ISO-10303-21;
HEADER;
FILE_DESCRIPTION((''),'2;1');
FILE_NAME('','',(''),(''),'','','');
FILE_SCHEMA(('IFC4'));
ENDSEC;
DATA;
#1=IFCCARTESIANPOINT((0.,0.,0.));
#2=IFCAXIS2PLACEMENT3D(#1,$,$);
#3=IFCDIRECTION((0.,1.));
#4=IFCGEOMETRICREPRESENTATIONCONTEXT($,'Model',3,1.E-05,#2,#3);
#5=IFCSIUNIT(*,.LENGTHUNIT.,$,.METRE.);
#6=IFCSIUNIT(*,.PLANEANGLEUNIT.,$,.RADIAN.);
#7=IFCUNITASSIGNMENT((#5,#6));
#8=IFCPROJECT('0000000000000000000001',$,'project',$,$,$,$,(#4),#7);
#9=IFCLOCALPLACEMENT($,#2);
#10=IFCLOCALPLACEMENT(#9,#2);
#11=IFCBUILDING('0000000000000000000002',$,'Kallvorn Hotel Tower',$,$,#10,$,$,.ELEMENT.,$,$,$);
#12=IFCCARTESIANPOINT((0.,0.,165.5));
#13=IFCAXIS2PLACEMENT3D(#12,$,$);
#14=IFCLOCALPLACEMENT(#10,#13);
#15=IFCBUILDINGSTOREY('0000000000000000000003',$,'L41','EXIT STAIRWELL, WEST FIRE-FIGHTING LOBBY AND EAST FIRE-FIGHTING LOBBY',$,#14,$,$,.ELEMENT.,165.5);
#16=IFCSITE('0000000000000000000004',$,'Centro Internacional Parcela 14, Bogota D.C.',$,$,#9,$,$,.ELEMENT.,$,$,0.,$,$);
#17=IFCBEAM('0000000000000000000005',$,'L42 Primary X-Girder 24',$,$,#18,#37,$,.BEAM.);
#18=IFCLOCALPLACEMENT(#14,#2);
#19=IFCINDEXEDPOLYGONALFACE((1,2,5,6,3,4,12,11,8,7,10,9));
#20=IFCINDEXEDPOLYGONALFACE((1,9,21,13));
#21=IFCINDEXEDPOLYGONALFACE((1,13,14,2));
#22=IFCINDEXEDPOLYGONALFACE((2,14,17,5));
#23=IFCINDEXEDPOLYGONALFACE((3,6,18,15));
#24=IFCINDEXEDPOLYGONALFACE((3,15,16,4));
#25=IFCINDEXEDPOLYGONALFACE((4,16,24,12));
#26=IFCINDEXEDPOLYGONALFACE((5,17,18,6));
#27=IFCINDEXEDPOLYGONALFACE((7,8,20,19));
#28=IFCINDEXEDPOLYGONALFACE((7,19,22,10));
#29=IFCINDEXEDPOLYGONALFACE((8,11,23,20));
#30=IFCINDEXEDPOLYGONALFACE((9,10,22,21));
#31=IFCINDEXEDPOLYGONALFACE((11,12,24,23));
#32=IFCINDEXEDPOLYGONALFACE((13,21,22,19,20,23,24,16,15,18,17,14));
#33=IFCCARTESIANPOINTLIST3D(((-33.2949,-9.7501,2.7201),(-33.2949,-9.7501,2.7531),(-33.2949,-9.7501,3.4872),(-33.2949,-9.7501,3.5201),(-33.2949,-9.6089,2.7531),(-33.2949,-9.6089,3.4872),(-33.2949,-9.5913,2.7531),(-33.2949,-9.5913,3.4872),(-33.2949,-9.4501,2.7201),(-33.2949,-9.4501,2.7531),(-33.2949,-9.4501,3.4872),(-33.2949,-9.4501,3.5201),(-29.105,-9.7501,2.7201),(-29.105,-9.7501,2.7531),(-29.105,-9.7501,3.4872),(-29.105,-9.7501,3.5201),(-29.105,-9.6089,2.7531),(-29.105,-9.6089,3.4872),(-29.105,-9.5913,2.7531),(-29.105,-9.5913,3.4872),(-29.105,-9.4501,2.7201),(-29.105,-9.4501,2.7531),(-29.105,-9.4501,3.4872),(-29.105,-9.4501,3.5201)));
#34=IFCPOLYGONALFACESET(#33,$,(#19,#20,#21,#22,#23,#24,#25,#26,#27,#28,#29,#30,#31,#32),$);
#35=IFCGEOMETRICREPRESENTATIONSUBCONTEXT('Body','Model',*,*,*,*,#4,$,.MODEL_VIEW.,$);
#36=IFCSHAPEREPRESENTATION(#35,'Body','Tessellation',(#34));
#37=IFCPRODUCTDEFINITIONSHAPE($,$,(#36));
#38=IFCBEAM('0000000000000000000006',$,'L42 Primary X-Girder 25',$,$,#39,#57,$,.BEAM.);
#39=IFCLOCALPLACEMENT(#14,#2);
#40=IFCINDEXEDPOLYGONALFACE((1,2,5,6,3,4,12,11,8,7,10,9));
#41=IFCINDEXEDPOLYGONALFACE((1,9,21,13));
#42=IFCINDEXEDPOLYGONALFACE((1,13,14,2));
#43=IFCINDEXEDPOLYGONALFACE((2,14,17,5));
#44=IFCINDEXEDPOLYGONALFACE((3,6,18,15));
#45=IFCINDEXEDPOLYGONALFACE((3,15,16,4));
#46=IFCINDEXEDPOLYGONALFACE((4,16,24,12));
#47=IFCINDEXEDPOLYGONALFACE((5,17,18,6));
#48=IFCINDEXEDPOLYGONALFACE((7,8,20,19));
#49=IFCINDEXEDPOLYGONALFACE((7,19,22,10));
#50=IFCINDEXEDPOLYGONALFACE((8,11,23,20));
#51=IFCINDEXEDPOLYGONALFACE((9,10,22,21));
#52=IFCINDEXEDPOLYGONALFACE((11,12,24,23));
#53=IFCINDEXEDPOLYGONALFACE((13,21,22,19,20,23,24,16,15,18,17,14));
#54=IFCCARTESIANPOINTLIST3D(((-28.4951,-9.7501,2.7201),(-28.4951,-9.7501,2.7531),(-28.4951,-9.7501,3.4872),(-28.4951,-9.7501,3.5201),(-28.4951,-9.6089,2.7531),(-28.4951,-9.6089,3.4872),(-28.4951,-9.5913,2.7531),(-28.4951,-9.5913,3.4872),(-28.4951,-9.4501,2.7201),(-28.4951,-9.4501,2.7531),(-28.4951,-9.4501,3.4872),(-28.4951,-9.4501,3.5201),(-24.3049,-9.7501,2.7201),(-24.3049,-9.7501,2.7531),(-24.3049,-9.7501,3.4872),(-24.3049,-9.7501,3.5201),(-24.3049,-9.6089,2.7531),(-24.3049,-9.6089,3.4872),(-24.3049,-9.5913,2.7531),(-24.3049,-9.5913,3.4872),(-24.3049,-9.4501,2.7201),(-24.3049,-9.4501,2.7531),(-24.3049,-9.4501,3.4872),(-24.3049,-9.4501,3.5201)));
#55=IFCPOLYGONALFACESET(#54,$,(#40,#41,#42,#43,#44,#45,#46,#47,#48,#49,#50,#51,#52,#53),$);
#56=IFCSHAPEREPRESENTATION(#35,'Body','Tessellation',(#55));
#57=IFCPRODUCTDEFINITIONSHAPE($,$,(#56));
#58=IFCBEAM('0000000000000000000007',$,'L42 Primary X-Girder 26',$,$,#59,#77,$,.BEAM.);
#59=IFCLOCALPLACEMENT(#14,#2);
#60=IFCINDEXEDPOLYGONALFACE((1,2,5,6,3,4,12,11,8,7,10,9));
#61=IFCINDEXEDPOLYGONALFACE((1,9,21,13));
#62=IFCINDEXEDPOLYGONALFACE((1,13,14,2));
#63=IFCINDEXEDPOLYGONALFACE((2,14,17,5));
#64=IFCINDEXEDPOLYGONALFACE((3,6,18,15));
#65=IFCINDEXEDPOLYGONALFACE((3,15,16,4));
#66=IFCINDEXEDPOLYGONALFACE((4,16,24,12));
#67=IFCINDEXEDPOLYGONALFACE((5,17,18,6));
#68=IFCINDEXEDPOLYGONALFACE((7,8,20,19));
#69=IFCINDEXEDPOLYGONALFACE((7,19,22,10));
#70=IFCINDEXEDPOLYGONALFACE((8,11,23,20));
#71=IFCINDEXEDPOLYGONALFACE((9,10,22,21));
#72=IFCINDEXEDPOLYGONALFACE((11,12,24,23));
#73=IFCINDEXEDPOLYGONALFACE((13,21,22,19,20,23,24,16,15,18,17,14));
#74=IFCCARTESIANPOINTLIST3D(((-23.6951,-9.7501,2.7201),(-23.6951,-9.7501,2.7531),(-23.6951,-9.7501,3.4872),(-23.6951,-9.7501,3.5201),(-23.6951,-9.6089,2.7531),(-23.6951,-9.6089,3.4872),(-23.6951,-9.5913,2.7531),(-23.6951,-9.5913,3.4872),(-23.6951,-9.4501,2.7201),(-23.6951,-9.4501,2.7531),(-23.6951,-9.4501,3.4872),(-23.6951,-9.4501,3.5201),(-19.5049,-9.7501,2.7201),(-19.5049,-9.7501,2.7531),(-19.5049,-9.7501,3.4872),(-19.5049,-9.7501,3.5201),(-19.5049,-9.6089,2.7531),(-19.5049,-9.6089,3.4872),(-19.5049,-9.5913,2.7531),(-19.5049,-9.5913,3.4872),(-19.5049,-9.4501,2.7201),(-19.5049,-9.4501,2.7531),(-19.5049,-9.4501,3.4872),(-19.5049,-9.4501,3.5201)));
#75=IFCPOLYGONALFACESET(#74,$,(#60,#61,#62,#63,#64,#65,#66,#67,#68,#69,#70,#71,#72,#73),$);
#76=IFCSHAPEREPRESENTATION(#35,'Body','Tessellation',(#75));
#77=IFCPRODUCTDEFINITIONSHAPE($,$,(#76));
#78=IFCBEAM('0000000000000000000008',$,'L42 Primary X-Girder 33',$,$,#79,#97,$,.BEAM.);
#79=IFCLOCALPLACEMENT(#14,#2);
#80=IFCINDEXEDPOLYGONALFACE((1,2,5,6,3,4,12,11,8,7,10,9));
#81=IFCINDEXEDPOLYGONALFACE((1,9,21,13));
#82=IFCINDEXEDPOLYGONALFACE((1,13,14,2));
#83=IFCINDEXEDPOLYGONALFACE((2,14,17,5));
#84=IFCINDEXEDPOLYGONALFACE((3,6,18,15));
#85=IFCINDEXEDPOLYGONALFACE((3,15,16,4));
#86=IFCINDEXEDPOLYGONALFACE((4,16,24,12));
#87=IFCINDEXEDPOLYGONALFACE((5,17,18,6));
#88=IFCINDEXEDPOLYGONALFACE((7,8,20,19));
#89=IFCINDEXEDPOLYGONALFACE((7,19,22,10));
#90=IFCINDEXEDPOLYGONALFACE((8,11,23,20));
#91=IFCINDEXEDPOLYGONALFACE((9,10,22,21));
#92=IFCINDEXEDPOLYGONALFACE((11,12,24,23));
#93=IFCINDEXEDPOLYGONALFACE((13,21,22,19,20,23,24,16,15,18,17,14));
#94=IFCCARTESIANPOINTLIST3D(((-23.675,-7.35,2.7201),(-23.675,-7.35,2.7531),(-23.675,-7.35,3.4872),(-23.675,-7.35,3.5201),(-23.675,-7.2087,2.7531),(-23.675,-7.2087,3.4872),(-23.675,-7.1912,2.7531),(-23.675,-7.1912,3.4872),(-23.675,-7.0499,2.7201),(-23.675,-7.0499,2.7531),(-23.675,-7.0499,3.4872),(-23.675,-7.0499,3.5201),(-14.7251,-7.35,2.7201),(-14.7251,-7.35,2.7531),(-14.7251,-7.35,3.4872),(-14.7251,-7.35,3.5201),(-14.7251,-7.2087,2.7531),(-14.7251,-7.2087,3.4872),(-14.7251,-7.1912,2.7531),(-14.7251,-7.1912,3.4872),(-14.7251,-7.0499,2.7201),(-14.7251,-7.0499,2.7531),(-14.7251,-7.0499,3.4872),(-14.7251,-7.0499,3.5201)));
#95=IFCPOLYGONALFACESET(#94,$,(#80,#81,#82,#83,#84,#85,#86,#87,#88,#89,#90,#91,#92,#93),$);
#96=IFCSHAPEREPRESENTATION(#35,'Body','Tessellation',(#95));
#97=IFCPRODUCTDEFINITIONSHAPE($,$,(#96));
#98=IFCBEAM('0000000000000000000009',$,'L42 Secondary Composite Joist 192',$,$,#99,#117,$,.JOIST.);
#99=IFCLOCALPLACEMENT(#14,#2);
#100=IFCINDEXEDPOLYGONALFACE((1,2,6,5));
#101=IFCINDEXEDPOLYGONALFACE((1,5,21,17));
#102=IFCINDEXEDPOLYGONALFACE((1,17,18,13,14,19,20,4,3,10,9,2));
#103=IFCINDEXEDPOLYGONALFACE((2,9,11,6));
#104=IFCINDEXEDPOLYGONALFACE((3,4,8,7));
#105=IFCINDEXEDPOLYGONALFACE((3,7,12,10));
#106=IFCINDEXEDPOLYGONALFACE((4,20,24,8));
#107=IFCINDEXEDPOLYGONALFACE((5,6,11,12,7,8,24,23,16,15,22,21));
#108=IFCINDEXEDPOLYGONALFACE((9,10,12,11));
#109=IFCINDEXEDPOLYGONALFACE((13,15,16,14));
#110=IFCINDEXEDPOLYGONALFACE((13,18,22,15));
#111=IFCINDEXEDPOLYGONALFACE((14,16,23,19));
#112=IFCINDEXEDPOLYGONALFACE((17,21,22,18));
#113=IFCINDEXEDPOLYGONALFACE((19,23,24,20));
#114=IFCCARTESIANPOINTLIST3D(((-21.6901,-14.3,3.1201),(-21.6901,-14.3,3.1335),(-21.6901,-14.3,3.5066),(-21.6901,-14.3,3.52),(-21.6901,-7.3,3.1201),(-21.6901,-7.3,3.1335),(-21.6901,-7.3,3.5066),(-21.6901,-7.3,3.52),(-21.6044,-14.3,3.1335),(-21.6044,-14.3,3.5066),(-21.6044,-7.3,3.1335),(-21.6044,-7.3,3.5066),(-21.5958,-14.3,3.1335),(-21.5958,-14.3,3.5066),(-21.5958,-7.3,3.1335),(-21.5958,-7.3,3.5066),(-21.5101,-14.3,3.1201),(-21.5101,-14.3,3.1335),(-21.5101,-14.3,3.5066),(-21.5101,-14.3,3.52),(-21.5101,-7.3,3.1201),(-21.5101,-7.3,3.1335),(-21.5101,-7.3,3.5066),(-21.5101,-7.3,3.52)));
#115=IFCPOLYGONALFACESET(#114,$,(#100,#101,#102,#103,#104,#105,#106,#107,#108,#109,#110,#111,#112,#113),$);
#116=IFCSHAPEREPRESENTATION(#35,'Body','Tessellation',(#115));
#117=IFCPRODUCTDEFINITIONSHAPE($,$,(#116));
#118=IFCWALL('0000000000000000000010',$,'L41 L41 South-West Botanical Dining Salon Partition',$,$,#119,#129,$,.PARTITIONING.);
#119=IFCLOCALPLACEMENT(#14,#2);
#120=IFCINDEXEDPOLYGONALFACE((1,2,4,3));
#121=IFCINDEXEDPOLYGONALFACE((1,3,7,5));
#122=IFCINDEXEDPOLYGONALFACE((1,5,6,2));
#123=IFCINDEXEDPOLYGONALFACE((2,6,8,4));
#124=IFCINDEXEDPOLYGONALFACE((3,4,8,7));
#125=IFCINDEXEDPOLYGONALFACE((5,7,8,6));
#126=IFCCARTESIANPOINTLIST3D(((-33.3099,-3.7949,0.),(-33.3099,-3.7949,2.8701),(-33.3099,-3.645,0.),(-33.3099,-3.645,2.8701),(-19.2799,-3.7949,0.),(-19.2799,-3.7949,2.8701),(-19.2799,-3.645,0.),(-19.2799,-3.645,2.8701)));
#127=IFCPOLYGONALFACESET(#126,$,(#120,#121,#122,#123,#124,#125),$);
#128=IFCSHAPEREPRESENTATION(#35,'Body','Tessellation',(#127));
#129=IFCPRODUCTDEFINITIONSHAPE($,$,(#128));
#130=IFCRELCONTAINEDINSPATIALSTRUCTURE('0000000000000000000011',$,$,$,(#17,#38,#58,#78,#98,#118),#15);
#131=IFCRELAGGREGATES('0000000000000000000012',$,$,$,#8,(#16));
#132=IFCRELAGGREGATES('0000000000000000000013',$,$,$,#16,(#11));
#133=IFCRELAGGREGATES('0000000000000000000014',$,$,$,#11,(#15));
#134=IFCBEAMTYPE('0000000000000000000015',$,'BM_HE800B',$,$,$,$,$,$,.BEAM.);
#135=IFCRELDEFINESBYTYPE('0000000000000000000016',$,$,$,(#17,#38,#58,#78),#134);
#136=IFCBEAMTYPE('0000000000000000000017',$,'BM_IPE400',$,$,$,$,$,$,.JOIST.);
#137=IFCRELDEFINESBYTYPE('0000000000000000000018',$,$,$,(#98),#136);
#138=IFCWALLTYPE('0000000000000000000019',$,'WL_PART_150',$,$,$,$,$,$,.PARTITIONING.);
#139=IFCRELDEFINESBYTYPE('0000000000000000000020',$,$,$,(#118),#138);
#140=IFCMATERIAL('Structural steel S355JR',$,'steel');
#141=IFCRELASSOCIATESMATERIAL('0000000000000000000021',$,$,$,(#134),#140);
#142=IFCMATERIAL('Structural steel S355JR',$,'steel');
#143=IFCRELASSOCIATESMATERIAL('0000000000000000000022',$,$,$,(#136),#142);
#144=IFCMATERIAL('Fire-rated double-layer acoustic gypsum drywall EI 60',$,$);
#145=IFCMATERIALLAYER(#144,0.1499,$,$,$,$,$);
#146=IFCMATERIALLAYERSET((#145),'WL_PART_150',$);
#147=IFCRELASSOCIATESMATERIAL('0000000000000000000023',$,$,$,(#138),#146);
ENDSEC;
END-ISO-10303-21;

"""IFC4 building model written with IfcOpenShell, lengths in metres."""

from ifc_helpers import new_model, si_unit, direction, frame, frame_2d, origin, origin_2d, place, context, subcontext, project, spatial, rectangle, i_section, extrude, material, layer, layer_set, material_profile, profile_set, type_object, element, save


model = new_model("IFC4")

# Units and contexts
model_context = context("Model", 3, precision=1e-05, world=origin(), true_north=direction((0.0, 1.0)))
body_context = subcontext(model_context, "Body", "Model", "MODEL_VIEW")
ifc_project = project(units=[si_unit("LENGTHUNIT", "METRE"), si_unit("PLANEANGLEUNIT", "RADIAN")], contexts=[model_context])

# Site, building, storey
site_placement = place(None, origin())
site = spatial("IfcSite", under=ifc_project, at=site_placement, Name="Centro Internacional Parcela 14, Bogota D.C.", CompositionType="ELEMENT", RefElevation=0.0)
building_placement = place(site_placement, origin())
building = spatial("IfcBuilding", under=site, at=building_placement, Name="Kallvorn Hotel Tower", CompositionType="ELEMENT")
storey_placement = place(building_placement, frame((0.0, 0.0, 165.5)))
storey = spatial("IfcBuildingStorey", under=building, at=storey_placement, Name="L41", Description="EXIT STAIRWELL, WEST FIRE-FIGHTING LOBBY AND EAST FIRE-FIGHTING LOBBY", CompositionType="ELEMENT", Elevation=165.5)

# Beams
ifc_material_1 = material(Name="Structural steel S355JR", Category="steel")
ifc_material_profile_1 = material_profile(ifc_material_1, i_section(OverallWidth=0.3, OverallDepth=0.8, WebThickness=0.0176, FlangeThickness=0.033, at=origin_2d()), Name="HE 800 B")
ifc_profile_set_1 = profile_set([ifc_material_profile_1], Name="Structural steel S355JR")
beam_type_1 = type_object("IfcBeamType", Name="BM_HE800B", PredefinedType="BEAM", material=ifc_profile_set_1)
beam_1_placement = place(storey_placement, frame((-33.2949, -9.6001, 3.1201), z_axis=(1.0, 0.0, 0.0), x_axis=(0.0, 1.0, 0.0)))
element("IfcBeam", 1, at=beam_1_placement, inside=storey, type_object=beam_type_1, Name="L42 Primary X-Girder 24", PredefinedType="BEAM", context=body_context, shape_type="SweptSolid", body=[
    extrude(i_section(OverallWidth=0.3, OverallDepth=0.8, WebThickness=0.0176, FlangeThickness=0.033, at=origin_2d()), origin(), (0.0, 0.0, 1.0), 4.1899),
])
for number, where, z_axis, x_axis, name in (
    (2, (-28.4951, -9.6001, 3.1201), (1.0, 0.0, 0.0), (0.0, 1.0, 0.0), "L42 Primary X-Girder 25"),
    (3, (-23.6951, -9.6001, 3.1201), (1.0, 0.0, 0.0), (0.0, 1.0, 0.0), "L42 Primary X-Girder 26"),
):
    element("IfcBeam", number, at=place(storey_placement, frame(where, z_axis=z_axis, x_axis=x_axis)), inside=storey, type_object=beam_type_1, Name=name, PredefinedType="BEAM", context=body_context, shape_type="SweptSolid", body=[
        extrude(i_section(OverallWidth=0.3, OverallDepth=0.8, WebThickness=0.0176, FlangeThickness=0.033, at=origin_2d()), origin(), (0.0, 0.0, 1.0), 4.1902),
    ])
beam_2_placement = place(storey_placement, frame((-23.675, -7.2, 3.1201), z_axis=(1.0, 0.0, 0.0), x_axis=(0.0, 1.0, 0.0)))
element("IfcBeam", 4, at=beam_2_placement, inside=storey, type_object=beam_type_1, Name="L42 Primary X-Girder 33", PredefinedType="BEAM", context=body_context, shape_type="SweptSolid", body=[
    extrude(i_section(OverallWidth=0.3, OverallDepth=0.8, WebThickness=0.0176, FlangeThickness=0.033, at=origin_2d()), origin(), (0.0, 0.0, 1.0), 8.95),
])
ifc_material_2 = material(Name="Structural steel S355JR", Category="steel")
ifc_material_profile_2 = material_profile(ifc_material_2, i_section(OverallWidth=0.1799, OverallDepth=0.3999, WebThickness=0.0085, FlangeThickness=0.0134, at=origin_2d()), Name="IPE 400")
ifc_profile_set_2 = profile_set([ifc_material_profile_2], Name="Structural steel S355JR")
beam_type_2 = type_object("IfcBeamType", Name="BM_IPE400", PredefinedType="JOIST", material=ifc_profile_set_2)
beam_3_placement = place(storey_placement, frame((-21.6001, -14.3, 3.3201), z_axis=(0.0, 1.0, 0.0), x_axis=(-1.0, 0.0, 0.0)))
element("IfcBeam", 5, at=beam_3_placement, inside=storey, type_object=beam_type_2, Name="L42 Secondary Composite Joist 192", PredefinedType="JOIST", context=body_context, shape_type="SweptSolid", body=[
    extrude(i_section(OverallWidth=0.1799, OverallDepth=0.3999, WebThickness=0.0085, FlangeThickness=0.0134, at=origin_2d()), origin(), (0.0, 0.0, 1.0), 7.0),
])

# Wall
ifc_material_3 = material(Name="Fire-rated double-layer acoustic gypsum drywall EI 60")
ifc_layer = layer(ifc_material_3, 0.1499)
ifc_layer_set = layer_set([ifc_layer], Name="WL_PART_150")
wall_type = type_object("IfcWallType", Name="WL_PART_150", PredefinedType="PARTITIONING", material=ifc_layer_set)
wall_placement = place(storey_placement, frame((-33.3101, -3.72, 0.0), z_axis=(0.0, 0.0, 1.0), x_axis=(1.0, 0.0, 0.0)))
element("IfcWall", 6, at=wall_placement, inside=storey, type_object=wall_type, Name="L41 L41 South-West Botanical Dining Salon Partition", PredefinedType="PARTITIONING", context=body_context, shape_type="SweptSolid", body=[
    extrude(rectangle(XDim=14.03, YDim=0.1499, at=frame_2d((7.0151, 0.0))), origin(), (0.0, 0.0, 1.0), 2.8701),
])

save(model, "model.ifc")
